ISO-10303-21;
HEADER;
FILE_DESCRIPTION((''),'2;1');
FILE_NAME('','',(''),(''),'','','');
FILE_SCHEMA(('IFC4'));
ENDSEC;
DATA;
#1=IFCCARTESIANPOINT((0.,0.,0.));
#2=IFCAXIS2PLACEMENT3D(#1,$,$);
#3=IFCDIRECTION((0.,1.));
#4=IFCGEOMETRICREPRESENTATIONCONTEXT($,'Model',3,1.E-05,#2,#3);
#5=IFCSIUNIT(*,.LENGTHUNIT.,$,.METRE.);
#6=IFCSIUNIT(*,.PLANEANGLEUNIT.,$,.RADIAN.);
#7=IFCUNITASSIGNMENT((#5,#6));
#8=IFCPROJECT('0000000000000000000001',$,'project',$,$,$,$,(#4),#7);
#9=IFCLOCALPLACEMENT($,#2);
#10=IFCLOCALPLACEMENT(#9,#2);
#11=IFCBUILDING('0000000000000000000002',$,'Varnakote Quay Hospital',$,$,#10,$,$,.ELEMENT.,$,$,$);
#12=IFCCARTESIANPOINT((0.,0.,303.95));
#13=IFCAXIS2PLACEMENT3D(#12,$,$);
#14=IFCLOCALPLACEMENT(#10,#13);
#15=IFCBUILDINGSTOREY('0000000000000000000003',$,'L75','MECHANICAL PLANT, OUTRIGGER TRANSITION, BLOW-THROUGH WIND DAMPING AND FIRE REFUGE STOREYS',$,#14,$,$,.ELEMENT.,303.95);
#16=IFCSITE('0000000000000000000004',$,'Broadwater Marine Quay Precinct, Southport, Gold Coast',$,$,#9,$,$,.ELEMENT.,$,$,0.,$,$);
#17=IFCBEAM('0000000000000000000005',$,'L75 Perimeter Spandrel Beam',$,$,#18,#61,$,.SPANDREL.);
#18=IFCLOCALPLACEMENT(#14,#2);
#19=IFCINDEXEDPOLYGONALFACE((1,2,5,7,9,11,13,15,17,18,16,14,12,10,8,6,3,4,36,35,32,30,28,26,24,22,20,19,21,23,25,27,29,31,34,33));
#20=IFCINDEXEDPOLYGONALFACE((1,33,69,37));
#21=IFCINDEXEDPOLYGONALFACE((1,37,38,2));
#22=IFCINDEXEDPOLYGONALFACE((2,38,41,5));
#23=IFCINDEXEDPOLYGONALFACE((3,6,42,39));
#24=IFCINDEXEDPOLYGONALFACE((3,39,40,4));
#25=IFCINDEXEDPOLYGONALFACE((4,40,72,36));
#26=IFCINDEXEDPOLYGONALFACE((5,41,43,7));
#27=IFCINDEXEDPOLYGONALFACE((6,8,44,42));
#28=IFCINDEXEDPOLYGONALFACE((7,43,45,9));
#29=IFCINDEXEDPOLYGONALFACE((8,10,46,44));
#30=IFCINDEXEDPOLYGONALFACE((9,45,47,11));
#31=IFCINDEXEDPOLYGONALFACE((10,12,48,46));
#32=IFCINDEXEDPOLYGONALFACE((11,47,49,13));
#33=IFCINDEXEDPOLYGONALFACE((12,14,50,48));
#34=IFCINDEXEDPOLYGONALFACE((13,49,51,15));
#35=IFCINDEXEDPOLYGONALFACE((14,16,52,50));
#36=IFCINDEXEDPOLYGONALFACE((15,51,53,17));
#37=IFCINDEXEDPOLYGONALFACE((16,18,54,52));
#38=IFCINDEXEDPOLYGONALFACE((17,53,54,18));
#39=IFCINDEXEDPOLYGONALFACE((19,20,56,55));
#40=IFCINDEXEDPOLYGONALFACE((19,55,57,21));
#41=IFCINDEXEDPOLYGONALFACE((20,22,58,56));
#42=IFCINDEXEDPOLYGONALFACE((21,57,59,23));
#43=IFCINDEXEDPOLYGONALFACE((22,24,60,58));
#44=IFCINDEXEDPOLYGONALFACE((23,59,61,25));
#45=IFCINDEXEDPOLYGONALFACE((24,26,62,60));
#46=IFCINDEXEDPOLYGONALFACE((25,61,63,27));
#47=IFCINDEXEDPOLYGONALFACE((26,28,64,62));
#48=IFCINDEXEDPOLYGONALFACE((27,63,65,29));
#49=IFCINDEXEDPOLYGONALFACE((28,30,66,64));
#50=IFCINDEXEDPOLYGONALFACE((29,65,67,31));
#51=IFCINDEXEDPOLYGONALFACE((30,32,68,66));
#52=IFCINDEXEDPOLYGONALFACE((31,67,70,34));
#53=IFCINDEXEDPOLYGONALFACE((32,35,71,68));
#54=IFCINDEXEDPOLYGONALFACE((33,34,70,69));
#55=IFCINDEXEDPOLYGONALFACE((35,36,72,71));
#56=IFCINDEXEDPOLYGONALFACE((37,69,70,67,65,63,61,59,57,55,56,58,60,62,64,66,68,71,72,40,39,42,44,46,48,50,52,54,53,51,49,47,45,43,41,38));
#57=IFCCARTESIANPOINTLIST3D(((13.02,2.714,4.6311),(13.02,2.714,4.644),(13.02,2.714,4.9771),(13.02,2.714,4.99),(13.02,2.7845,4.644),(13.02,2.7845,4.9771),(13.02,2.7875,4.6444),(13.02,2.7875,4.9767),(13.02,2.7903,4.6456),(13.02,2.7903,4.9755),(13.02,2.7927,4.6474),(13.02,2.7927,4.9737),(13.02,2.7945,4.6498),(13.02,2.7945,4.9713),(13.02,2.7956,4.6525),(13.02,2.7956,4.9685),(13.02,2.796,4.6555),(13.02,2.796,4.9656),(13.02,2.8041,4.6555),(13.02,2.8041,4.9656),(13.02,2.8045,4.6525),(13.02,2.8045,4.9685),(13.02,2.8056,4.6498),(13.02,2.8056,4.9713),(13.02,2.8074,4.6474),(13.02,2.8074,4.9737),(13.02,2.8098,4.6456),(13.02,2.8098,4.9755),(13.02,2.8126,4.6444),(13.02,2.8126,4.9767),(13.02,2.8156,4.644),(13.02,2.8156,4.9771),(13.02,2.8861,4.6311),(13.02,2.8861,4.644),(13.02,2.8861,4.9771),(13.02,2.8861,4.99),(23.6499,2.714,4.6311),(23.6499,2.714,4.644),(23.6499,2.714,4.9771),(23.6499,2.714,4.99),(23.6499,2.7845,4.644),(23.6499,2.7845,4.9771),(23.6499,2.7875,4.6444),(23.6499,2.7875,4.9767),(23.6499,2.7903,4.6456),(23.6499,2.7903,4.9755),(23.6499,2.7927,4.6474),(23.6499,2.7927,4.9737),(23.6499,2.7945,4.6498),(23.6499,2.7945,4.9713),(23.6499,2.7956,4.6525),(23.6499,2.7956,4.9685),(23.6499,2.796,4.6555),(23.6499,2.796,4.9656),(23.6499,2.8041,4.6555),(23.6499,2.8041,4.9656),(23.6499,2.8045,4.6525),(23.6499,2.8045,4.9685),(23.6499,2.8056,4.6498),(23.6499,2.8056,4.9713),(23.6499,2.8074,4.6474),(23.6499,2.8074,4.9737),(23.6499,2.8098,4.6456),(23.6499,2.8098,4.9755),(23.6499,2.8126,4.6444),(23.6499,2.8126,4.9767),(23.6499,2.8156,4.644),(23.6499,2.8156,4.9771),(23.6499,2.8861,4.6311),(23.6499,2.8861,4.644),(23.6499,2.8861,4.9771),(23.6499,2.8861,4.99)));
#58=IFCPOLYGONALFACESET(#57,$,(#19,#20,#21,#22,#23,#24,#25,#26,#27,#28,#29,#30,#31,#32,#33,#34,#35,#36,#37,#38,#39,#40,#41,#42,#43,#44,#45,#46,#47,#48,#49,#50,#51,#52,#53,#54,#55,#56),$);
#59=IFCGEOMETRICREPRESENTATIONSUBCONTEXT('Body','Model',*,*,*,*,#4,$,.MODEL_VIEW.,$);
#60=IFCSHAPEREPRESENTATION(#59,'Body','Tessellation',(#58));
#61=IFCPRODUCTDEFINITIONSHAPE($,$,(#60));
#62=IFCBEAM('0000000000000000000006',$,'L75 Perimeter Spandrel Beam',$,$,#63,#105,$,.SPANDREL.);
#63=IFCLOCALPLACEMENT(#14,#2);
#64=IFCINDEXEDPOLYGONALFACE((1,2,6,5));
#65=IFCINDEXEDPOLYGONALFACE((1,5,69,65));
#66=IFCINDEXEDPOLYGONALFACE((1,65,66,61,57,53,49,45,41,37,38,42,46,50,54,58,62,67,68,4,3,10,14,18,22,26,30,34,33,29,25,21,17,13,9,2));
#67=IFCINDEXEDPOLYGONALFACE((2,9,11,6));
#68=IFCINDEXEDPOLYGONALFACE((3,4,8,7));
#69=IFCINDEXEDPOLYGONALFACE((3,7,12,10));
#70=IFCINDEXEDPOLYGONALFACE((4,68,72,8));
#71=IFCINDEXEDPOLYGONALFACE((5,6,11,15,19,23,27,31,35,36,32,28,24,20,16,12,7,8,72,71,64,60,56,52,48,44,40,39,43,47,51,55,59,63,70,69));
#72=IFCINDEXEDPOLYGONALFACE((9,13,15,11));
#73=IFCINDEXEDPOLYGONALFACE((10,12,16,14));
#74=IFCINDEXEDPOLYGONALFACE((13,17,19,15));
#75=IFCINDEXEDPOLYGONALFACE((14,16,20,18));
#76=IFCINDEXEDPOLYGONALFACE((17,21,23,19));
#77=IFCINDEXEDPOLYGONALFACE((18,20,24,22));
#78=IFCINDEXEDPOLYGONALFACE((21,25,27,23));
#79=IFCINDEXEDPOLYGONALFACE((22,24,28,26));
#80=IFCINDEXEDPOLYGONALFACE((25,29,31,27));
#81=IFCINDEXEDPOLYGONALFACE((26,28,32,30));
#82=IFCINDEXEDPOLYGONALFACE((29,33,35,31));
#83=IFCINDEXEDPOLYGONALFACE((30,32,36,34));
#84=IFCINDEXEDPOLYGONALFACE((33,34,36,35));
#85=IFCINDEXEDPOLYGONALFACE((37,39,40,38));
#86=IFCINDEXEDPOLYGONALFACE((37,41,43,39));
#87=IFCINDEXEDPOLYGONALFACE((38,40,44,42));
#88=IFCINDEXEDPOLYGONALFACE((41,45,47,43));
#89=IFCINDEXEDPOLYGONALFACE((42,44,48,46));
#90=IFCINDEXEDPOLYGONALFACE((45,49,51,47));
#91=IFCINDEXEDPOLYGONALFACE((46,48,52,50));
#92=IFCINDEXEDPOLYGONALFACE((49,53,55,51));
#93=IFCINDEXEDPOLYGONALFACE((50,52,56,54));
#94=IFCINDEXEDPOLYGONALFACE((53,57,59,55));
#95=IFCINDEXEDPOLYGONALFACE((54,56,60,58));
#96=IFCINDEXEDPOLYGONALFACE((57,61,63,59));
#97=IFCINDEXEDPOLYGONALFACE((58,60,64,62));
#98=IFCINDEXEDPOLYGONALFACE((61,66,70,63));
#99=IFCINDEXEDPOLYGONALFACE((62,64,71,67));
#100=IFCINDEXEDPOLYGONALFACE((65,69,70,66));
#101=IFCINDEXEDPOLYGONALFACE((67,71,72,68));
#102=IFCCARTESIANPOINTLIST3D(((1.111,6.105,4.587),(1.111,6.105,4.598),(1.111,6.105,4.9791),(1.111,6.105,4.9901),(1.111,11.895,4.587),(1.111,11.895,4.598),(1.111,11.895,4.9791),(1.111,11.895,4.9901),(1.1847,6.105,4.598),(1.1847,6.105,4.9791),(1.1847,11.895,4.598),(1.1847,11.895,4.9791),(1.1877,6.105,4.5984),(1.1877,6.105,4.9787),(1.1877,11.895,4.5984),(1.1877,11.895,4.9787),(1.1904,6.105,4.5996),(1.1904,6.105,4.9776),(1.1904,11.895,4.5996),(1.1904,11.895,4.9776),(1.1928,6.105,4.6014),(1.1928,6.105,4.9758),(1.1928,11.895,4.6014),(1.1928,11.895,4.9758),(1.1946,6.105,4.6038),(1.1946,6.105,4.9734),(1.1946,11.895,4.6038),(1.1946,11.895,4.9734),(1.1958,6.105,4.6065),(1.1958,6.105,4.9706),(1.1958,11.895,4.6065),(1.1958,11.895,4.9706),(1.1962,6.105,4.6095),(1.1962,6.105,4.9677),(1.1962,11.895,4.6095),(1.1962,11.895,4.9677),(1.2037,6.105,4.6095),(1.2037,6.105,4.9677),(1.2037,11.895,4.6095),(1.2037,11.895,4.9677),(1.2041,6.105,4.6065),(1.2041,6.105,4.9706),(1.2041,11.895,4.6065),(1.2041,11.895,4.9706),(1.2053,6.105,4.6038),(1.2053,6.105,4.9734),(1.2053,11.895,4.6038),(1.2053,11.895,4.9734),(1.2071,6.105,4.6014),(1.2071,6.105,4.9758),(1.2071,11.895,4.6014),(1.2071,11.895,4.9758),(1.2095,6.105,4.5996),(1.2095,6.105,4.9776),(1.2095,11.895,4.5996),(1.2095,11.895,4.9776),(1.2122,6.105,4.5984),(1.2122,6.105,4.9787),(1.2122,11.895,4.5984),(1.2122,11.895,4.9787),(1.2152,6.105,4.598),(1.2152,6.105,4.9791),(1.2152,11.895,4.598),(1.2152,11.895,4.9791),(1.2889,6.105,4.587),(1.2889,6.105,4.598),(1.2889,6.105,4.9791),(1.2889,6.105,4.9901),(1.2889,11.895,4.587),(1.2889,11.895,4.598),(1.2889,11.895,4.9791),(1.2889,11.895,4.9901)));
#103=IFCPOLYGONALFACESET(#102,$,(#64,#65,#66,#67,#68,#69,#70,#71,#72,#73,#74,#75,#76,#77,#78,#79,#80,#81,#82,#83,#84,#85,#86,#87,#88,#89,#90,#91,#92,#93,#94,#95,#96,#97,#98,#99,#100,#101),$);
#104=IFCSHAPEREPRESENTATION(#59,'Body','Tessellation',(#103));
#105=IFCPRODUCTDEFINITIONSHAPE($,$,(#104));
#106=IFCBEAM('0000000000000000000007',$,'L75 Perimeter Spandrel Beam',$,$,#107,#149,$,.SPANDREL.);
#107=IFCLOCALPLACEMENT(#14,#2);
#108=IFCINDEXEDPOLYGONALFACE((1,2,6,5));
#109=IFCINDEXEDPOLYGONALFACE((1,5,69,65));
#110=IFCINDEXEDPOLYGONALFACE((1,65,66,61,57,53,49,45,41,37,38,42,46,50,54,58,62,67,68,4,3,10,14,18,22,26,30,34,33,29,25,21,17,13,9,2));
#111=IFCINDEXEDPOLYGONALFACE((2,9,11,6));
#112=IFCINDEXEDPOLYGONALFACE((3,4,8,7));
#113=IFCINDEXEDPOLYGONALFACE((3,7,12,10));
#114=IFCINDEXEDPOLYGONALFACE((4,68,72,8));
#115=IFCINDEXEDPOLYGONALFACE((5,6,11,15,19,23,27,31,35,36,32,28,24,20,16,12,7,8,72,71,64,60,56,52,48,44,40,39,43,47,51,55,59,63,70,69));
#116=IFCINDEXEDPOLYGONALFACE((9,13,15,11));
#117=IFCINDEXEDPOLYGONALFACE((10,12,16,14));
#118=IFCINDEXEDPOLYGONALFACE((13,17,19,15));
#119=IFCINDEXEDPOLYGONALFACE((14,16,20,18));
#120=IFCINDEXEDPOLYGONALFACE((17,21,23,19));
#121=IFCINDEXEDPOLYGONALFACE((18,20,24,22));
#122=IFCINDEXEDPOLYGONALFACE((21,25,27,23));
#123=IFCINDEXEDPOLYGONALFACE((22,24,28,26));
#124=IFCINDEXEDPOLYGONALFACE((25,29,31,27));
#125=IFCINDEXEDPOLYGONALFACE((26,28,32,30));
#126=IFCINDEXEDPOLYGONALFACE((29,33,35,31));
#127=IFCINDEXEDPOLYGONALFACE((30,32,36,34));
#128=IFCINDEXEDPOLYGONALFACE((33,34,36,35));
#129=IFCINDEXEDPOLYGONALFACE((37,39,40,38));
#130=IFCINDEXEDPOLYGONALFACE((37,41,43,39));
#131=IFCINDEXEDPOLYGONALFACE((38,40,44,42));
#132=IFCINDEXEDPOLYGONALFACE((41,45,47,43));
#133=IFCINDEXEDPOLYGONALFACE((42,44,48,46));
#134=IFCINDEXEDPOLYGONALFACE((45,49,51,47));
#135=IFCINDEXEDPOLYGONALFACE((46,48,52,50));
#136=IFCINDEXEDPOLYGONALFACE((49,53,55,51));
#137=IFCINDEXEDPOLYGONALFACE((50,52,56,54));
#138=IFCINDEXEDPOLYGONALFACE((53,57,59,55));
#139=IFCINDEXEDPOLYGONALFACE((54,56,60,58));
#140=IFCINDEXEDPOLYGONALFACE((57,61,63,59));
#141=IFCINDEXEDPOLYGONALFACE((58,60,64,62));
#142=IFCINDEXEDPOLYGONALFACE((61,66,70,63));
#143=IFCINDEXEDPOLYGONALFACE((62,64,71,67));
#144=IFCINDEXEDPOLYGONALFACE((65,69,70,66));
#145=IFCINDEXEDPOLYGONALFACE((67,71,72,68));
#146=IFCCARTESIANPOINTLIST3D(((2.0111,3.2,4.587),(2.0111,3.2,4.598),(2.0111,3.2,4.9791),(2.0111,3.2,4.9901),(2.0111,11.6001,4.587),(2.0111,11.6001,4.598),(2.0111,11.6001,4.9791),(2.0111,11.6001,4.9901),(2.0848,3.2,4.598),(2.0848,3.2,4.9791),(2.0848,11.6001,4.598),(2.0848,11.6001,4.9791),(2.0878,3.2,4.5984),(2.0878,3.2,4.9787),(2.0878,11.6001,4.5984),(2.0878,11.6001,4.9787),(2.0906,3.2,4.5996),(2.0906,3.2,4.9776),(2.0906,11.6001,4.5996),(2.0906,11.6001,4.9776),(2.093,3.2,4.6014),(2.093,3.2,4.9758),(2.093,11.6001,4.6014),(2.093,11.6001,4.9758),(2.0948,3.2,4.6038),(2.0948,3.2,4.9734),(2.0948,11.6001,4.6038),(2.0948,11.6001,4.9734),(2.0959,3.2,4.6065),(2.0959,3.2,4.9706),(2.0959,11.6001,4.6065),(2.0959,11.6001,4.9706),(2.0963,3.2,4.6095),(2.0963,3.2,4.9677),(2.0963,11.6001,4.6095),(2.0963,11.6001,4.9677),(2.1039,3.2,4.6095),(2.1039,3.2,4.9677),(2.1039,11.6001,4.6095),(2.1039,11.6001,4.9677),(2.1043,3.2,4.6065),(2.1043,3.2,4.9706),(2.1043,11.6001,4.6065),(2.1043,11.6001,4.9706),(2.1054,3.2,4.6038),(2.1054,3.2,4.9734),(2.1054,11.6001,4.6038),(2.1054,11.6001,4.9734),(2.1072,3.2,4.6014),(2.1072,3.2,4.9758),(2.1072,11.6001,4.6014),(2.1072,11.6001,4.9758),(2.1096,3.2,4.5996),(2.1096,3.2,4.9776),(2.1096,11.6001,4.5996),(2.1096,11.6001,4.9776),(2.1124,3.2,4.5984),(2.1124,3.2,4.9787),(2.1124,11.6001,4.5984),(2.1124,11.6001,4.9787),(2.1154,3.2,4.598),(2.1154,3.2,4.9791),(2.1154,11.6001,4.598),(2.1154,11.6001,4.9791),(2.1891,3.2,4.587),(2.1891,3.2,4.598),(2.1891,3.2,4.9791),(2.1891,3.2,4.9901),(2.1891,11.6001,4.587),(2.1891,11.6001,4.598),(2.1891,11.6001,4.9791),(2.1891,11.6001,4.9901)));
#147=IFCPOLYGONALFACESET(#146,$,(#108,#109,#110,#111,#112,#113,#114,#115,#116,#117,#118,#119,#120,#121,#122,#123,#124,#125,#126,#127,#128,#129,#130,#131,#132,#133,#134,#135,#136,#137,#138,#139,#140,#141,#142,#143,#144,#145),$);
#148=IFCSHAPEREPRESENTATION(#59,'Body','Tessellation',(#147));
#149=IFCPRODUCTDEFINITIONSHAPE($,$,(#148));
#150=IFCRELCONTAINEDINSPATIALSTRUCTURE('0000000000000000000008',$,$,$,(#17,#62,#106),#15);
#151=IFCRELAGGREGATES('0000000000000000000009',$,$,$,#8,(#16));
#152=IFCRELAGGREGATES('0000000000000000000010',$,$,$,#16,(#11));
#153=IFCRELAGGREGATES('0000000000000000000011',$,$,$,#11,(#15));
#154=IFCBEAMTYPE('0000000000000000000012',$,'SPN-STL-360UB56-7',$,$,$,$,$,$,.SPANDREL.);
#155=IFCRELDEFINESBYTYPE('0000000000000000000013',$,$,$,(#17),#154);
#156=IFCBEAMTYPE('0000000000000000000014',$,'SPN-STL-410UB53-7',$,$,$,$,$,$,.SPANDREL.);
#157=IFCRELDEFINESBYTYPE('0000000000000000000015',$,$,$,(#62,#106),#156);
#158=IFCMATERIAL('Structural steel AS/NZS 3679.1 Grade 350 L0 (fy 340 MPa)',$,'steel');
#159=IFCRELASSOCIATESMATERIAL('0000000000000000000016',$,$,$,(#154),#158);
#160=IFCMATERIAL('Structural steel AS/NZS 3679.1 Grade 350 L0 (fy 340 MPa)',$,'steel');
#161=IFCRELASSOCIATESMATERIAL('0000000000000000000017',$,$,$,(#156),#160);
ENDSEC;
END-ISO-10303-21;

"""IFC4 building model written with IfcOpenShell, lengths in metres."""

from ifc_helpers import new_model, si_unit, direction, frame, origin, origin_2d, place, context, subcontext, project, spatial, i_section, extrude, material, material_profile, profile_set, type_object, element, save


model = new_model("IFC4")

# Units and contexts
model_context = context("Model", 3, precision=1e-05, world=origin(), true_north=direction((0.0, 1.0)))
body_context = subcontext(model_context, "Body", "Model", "MODEL_VIEW")
ifc_project = project(units=[si_unit("LENGTHUNIT", "METRE"), si_unit("PLANEANGLEUNIT", "RADIAN")], contexts=[model_context])

# Site, building, storey
site_placement = place(None, origin())
site = spatial("IfcSite", under=ifc_project, at=site_placement, Name="Broadwater Marine Quay Precinct, Southport, Gold Coast", CompositionType="ELEMENT", RefElevation=0.0)
building_placement = place(site_placement, origin())
building = spatial("IfcBuilding", under=site, at=building_placement, Name="Varnakote Quay Hospital", CompositionType="ELEMENT")
storey_placement = place(building_placement, frame((0.0, 0.0, 303.95)))
storey = spatial("IfcBuildingStorey", under=building, at=storey_placement, Name="L75", Description="MECHANICAL PLANT, OUTRIGGER TRANSITION, BLOW-THROUGH WIND DAMPING AND FIRE REFUGE STOREYS", CompositionType="ELEMENT", Elevation=303.95)

# Beams
ifc_material_1 = material(Name="Structural steel AS/NZS 3679.1 Grade 350 L0 (fy 340 MPa)", Category="steel")
ifc_material_profile_1 = material_profile(ifc_material_1, i_section(OverallWidth=0.1721, OverallDepth=0.3589, WebThickness=0.0081, FlangeThickness=0.0129, FilletRadius=0.0115, at=origin_2d()), Name="360UB56.7")
ifc_profile_set_1 = profile_set([ifc_material_profile_1], Name="Structural steel AS/NZS 3679.1 Grade 350 L0 (fy 340 MPa)")
beam_type_1 = type_object("IfcBeamType", Name="SPN-STL-360UB56-7", PredefinedType="SPANDREL", material=ifc_profile_set_1)
beam_1_placement = place(storey_placement, frame((13.02, 2.8, 4.8105), z_axis=(1.0, 0.0, 0.0), x_axis=(0.0, 1.0, 0.0)))
element("IfcBeam", 1, at=beam_1_placement, inside=storey, type_object=beam_type_1, Name="L75 Perimeter Spandrel Beam", PredefinedType="SPANDREL", context=body_context, shape_type="SweptSolid", body=[
    extrude(i_section(OverallWidth=0.1721, OverallDepth=0.3589, WebThickness=0.0081, FlangeThickness=0.0129, FilletRadius=0.0115, at=origin_2d()), origin(), (0.0, 0.0, 1.0), 10.6299),
])
ifc_material_2 = material(Name="Structural steel AS/NZS 3679.1 Grade 350 L0 (fy 340 MPa)", Category="steel")
ifc_material_profile_2 = material_profile(ifc_material_2, i_section(OverallWidth=0.178, OverallDepth=0.4031, WebThickness=0.0076, FlangeThickness=0.011, FilletRadius=0.0115, at=origin_2d()), Name="410UB53.7")
ifc_profile_set_2 = profile_set([ifc_material_profile_2], Name="Structural steel AS/NZS 3679.1 Grade 350 L0 (fy 340 MPa)")
beam_type_2 = type_object("IfcBeamType", Name="SPN-STL-410UB53-7", PredefinedType="SPANDREL", material=ifc_profile_set_2)
beam_2_placement = place(storey_placement, frame((1.2, 6.105, 4.7886), z_axis=(0.0, 1.0, 0.0), x_axis=(-1.0, 0.0, 0.0)))
element("IfcBeam", 2, at=beam_2_placement, inside=storey, type_object=beam_type_2, Name="L75 Perimeter Spandrel Beam", PredefinedType="SPANDREL", context=body_context, shape_type="SweptSolid", body=[
    extrude(i_section(OverallWidth=0.178, OverallDepth=0.4031, WebThickness=0.0076, FlangeThickness=0.011, FilletRadius=0.0115, at=origin_2d()), origin(), (0.0, 0.0, 1.0), 5.79),
])
beam_3_placement = place(storey_placement, frame((2.1001, 3.2, 4.7886), z_axis=(0.0, 1.0, 0.0), x_axis=(-1.0, 0.0, 0.0)))
element("IfcBeam", 3, at=beam_3_placement, inside=storey, type_object=beam_type_2, Name="L75 Perimeter Spandrel Beam", PredefinedType="SPANDREL", context=body_context, shape_type="SweptSolid", body=[
    extrude(i_section(OverallWidth=0.178, OverallDepth=0.4031, WebThickness=0.0076, FlangeThickness=0.011, FilletRadius=0.0115, at=origin_2d()), origin(), (0.0, 0.0, 1.0), 8.4001),
])

save(model, "model.ifc")
